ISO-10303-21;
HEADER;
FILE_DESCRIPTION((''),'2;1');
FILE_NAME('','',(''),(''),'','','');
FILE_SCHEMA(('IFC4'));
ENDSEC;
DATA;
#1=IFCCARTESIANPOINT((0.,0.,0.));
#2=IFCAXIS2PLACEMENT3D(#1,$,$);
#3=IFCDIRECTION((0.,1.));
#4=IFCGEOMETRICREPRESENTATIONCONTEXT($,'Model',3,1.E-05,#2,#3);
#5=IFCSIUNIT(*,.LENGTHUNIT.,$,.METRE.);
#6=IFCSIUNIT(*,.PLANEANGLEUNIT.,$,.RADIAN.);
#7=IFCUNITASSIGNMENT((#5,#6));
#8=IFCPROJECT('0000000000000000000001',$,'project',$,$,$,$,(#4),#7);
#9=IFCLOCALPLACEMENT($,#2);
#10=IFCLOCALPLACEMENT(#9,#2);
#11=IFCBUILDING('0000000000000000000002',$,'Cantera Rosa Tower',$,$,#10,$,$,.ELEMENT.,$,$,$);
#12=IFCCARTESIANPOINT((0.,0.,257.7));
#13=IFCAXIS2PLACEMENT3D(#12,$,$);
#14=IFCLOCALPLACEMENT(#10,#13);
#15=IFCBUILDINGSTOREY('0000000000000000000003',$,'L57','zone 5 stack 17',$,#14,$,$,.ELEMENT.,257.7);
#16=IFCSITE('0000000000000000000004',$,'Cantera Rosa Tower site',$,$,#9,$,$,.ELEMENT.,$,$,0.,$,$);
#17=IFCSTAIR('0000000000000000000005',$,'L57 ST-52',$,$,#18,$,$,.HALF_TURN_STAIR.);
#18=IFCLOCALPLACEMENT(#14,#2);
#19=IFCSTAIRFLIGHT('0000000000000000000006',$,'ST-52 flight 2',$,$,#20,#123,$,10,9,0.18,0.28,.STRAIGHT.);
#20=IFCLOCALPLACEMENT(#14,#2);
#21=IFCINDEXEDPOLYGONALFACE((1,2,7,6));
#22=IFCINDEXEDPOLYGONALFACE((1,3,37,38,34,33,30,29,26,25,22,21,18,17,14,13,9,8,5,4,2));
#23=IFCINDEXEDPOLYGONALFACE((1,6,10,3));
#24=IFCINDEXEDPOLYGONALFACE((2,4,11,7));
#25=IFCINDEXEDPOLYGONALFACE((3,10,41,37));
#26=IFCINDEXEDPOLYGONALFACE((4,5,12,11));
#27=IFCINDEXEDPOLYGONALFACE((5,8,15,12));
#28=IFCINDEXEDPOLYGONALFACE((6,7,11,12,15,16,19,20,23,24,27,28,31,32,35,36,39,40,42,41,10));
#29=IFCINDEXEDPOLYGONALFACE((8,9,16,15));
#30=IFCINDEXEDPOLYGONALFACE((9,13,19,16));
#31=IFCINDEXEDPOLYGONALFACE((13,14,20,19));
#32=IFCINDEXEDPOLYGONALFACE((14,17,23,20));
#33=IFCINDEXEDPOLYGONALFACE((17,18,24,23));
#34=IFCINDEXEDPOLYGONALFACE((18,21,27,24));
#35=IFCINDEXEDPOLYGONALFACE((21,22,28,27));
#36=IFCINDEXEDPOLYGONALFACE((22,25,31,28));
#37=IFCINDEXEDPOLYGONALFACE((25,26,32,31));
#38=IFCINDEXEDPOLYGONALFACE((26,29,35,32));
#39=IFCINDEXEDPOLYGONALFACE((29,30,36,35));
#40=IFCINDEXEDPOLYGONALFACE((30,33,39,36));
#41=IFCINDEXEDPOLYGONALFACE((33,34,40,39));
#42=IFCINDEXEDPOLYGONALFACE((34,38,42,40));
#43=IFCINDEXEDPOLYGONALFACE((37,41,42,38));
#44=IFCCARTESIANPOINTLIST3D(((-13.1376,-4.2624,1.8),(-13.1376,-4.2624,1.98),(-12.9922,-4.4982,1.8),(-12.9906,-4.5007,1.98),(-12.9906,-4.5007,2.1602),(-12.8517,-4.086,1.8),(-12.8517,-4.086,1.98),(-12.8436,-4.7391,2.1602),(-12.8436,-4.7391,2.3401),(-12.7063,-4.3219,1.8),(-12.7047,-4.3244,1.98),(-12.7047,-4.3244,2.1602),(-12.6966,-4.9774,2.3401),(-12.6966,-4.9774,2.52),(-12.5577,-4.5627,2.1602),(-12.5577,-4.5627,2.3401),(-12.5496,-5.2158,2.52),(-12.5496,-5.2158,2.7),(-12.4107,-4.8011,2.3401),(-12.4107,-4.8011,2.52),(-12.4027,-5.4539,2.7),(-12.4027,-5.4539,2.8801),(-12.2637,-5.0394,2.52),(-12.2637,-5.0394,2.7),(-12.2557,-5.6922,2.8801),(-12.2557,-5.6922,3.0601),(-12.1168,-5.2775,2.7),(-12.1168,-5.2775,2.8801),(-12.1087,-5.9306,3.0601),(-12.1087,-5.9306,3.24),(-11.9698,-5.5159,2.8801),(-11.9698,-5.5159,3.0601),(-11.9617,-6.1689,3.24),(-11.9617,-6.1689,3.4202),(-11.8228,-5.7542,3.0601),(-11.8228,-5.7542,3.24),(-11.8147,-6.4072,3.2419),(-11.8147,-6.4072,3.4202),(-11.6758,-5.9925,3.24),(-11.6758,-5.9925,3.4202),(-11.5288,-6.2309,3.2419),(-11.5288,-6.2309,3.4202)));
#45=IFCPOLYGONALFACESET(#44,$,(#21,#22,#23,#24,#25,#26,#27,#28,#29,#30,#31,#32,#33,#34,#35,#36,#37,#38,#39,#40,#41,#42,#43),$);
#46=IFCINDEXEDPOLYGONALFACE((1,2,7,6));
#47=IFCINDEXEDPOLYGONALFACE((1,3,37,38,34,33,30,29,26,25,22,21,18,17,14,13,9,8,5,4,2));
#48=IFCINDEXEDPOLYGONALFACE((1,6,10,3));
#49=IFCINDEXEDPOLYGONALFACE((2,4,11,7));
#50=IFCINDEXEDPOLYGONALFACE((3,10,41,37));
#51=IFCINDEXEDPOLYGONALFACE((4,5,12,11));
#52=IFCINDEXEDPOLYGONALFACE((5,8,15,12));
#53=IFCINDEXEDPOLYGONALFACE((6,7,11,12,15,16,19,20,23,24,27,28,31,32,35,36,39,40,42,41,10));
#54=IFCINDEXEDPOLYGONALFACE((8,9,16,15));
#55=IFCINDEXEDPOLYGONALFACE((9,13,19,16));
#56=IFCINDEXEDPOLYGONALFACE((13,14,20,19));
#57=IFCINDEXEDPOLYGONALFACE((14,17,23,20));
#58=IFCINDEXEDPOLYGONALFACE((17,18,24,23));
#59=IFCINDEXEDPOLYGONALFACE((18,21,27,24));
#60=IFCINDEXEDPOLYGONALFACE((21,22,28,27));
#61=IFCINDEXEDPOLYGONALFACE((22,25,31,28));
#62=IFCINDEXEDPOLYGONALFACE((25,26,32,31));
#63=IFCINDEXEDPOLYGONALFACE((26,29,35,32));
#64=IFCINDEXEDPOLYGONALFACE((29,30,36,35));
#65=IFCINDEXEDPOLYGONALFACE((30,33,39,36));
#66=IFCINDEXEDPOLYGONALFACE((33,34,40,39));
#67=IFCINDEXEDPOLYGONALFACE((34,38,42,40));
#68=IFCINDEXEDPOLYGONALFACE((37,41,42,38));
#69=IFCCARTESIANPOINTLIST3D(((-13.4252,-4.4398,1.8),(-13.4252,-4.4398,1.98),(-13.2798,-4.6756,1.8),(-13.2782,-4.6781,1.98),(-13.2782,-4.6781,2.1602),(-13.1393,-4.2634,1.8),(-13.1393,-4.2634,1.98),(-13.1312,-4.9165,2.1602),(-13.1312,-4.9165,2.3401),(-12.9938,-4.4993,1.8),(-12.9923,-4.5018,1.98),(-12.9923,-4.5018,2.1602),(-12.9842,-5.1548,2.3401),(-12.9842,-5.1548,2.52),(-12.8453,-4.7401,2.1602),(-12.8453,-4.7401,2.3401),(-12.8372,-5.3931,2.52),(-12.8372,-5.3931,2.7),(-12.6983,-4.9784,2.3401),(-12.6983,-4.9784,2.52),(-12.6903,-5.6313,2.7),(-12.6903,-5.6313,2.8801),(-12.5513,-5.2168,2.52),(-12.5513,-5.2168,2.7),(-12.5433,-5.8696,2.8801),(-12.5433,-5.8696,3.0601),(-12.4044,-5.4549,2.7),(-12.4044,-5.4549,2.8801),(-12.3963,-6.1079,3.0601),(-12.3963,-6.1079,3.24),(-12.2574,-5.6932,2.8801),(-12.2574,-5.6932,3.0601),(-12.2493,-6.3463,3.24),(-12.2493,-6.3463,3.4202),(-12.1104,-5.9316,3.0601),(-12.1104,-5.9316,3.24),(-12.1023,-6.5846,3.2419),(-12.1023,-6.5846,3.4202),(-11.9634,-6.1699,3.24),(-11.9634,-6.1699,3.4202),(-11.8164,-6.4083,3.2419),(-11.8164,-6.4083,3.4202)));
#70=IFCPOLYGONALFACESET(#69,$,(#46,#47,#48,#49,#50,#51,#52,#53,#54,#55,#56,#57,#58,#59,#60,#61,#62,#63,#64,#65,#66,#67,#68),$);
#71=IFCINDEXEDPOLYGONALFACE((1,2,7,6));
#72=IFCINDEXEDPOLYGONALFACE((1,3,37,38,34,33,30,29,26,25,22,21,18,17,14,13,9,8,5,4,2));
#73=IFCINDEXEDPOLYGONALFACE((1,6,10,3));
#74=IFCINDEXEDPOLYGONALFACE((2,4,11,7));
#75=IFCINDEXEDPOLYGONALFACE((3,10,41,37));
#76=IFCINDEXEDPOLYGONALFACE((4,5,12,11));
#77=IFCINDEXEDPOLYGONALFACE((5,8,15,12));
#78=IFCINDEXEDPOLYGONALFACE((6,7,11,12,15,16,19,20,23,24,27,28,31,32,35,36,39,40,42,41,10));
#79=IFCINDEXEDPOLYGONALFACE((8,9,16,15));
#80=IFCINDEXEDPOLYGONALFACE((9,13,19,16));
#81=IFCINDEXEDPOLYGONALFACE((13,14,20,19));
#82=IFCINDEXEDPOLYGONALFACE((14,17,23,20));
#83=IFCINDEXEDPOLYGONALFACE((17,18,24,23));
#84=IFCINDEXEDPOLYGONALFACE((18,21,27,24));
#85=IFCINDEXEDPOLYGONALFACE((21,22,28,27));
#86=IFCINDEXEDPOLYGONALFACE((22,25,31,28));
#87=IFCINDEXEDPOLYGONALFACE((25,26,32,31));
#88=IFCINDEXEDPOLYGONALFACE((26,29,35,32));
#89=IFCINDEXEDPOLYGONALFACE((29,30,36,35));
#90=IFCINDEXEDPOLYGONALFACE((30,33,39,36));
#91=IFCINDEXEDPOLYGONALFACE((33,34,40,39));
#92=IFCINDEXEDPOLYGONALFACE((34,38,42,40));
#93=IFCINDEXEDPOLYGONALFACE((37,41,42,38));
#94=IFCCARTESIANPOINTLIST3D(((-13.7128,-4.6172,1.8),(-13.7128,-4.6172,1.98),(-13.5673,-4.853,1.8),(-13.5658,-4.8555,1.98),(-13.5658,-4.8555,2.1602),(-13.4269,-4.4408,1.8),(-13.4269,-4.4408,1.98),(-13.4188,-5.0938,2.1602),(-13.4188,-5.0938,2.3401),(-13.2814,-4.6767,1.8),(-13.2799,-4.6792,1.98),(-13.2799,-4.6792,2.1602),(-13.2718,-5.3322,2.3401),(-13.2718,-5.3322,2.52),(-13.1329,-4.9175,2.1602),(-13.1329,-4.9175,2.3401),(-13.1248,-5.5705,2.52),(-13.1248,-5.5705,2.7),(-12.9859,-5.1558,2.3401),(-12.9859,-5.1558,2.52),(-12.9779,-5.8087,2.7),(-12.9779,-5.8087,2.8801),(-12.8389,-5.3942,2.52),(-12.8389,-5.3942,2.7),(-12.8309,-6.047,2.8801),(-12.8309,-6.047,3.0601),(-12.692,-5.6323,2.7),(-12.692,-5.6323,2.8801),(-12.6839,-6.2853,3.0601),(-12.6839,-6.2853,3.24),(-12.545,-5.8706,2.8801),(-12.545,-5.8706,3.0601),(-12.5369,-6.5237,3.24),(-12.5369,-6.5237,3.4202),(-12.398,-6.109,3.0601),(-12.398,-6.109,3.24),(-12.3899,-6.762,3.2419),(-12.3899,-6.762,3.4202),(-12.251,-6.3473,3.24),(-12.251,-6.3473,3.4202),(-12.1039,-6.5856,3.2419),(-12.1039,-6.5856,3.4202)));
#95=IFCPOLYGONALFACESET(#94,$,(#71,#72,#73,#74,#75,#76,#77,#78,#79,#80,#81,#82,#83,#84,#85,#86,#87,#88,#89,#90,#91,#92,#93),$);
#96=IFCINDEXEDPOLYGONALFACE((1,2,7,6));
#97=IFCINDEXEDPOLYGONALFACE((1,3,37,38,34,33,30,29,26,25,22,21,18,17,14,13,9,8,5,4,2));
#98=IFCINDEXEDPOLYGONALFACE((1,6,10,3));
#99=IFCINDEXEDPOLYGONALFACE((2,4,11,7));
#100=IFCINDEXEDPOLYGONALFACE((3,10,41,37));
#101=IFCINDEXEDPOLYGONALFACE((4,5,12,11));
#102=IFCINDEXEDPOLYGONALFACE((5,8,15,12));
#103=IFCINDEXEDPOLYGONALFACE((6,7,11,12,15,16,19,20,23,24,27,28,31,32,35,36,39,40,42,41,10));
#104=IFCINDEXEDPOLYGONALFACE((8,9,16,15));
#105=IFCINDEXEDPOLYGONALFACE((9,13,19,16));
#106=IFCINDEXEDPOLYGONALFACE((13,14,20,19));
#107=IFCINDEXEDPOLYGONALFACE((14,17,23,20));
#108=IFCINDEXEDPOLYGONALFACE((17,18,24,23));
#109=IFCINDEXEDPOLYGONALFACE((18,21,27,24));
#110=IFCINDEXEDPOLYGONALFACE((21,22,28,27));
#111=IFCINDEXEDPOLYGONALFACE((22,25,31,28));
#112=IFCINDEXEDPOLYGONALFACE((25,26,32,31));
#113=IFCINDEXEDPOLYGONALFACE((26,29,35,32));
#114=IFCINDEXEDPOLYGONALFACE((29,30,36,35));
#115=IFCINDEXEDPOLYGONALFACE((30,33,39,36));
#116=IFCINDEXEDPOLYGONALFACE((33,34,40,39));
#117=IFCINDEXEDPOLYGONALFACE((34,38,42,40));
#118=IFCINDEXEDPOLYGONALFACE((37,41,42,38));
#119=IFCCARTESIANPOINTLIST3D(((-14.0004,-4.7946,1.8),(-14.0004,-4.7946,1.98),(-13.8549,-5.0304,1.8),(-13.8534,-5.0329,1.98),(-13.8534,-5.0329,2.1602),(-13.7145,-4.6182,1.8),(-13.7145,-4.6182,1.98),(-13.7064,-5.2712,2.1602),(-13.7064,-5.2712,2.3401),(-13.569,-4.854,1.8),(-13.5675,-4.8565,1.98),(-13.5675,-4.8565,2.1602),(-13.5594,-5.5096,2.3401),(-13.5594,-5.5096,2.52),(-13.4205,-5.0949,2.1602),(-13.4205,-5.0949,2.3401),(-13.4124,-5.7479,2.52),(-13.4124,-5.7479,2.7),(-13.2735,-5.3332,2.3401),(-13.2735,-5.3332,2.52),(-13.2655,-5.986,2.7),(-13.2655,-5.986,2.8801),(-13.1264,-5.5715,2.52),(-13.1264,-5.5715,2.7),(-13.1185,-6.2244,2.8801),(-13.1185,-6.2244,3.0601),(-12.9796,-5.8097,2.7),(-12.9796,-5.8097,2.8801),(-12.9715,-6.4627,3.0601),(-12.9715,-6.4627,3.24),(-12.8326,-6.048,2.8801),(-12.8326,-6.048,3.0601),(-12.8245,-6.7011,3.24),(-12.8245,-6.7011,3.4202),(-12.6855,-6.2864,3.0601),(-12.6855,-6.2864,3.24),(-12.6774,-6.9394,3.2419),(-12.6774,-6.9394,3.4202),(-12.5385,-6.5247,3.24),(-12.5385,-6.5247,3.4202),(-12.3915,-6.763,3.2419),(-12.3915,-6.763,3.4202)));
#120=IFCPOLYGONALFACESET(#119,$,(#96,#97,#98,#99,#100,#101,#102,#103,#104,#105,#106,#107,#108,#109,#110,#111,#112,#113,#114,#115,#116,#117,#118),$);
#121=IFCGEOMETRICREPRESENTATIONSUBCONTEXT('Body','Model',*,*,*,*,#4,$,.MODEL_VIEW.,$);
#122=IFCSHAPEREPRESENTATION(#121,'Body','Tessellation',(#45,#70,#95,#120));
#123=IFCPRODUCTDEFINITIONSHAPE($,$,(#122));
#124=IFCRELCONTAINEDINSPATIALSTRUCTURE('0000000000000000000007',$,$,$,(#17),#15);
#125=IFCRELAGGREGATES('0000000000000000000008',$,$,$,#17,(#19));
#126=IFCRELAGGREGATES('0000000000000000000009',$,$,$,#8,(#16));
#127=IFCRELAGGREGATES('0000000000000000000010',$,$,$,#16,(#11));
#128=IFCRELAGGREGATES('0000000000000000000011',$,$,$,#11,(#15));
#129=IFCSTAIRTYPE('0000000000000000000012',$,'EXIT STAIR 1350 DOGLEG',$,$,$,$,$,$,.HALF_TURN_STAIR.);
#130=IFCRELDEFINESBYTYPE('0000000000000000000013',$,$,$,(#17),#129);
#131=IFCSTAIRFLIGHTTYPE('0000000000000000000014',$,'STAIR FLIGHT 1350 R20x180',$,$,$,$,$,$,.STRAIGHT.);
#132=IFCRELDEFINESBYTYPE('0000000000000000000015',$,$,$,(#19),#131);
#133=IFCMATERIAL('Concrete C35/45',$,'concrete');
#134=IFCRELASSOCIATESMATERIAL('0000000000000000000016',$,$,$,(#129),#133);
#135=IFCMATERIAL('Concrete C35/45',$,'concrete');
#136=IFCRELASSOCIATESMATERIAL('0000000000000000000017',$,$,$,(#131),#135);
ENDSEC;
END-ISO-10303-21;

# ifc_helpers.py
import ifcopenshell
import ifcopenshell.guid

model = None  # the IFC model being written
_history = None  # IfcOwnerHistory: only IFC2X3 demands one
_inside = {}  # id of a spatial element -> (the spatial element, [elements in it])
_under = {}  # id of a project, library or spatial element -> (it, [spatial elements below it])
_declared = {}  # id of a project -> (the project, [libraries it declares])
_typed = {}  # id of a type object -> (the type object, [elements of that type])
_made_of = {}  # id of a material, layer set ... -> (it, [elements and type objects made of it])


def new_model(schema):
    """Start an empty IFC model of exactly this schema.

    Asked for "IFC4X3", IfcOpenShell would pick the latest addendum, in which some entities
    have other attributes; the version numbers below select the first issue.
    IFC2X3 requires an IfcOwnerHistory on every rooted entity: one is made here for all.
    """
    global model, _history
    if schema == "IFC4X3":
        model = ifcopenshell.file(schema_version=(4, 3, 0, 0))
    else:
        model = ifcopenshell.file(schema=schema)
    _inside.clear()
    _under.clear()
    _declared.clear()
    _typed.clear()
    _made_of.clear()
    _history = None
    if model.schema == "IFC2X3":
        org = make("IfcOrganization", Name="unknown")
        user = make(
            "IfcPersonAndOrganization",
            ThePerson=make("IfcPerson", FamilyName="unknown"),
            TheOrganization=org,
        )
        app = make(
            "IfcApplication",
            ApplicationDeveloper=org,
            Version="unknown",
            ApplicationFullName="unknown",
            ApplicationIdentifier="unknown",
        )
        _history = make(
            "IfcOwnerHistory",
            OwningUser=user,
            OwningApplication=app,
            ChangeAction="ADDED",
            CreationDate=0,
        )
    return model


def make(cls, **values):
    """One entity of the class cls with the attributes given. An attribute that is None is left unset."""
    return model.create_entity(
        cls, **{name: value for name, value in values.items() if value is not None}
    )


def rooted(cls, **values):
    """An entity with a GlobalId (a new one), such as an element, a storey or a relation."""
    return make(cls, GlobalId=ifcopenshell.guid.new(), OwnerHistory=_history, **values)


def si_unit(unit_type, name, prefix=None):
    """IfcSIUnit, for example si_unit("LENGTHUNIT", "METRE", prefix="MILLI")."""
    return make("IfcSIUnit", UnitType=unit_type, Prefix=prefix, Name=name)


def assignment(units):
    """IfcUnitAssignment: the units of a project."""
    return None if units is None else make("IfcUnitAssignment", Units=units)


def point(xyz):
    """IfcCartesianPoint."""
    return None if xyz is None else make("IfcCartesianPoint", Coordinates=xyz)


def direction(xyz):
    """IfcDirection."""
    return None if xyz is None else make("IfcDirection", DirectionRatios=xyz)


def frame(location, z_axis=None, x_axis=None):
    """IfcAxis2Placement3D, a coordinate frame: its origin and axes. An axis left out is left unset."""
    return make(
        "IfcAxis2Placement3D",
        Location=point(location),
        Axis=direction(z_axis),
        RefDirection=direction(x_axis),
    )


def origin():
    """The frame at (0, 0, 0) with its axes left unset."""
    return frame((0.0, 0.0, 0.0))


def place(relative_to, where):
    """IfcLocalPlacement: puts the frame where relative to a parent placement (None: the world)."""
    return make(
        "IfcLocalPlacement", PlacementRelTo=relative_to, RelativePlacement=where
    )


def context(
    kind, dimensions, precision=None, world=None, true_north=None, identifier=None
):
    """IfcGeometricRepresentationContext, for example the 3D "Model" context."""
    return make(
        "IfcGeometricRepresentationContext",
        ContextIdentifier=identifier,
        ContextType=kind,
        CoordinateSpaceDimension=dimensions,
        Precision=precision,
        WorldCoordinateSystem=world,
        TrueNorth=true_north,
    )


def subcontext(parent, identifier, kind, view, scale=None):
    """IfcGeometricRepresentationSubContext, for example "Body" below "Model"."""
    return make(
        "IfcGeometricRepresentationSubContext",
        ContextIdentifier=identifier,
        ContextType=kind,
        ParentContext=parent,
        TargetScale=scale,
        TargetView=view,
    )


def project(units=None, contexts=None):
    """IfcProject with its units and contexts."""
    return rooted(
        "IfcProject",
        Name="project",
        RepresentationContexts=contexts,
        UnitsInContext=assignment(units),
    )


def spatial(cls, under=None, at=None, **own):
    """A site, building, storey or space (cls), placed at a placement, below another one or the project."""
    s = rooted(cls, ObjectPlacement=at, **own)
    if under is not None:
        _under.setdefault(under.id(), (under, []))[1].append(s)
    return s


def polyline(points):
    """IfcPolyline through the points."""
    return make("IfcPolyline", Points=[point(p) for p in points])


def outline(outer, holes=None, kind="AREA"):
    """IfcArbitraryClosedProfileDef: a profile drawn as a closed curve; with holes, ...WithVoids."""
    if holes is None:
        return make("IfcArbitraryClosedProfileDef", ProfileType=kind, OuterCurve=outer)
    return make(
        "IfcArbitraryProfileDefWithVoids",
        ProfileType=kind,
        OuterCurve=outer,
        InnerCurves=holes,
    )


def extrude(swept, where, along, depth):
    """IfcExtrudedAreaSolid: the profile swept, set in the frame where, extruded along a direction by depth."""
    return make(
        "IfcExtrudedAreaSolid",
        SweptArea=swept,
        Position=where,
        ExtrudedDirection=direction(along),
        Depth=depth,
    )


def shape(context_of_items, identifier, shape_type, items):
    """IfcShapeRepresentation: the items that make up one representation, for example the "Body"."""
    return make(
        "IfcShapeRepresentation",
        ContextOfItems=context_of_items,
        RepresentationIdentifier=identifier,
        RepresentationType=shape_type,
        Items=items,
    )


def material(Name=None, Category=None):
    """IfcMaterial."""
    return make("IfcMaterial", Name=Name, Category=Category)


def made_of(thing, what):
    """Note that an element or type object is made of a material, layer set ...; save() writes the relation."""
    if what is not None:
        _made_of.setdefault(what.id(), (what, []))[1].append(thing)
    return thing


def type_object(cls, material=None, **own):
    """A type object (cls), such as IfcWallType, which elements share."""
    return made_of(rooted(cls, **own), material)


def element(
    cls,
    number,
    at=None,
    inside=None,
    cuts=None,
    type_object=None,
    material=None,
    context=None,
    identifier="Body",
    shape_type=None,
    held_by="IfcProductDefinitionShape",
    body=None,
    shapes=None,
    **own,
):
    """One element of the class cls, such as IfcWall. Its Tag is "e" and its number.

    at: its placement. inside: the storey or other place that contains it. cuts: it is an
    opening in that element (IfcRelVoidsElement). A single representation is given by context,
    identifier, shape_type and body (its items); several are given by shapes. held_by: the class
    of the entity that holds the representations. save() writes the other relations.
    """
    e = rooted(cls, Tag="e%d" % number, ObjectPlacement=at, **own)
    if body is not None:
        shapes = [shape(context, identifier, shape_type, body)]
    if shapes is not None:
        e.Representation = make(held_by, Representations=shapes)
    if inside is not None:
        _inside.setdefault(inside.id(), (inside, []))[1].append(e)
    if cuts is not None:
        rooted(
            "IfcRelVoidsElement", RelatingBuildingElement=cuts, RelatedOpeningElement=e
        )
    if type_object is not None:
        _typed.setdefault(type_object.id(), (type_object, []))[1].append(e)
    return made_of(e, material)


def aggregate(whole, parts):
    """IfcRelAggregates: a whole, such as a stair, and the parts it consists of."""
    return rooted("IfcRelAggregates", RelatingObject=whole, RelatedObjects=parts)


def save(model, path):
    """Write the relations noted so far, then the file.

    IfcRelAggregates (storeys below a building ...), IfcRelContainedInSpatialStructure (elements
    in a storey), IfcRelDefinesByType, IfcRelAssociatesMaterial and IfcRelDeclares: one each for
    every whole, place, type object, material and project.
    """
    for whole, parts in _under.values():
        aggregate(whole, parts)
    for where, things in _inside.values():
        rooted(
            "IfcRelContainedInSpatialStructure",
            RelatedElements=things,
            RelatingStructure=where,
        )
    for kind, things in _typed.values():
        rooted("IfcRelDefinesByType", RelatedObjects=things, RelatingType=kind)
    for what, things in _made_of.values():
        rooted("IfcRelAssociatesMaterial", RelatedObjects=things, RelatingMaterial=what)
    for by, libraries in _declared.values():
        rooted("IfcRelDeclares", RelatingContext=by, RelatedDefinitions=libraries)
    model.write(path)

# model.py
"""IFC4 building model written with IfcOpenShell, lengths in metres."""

from ifc_helpers import new_model, si_unit, direction, frame, origin, place, context, subcontext, project, spatial, polyline, outline, extrude, material, type_object, element, aggregate, save


model = new_model("IFC4")

# Units and contexts
model_context = context("Model", 3, precision=1e-05, world=origin(), true_north=direction((0.0, 1.0)))
body_context = subcontext(model_context, "Body", "Model", "MODEL_VIEW")
ifc_project = project(units=[si_unit("LENGTHUNIT", "METRE"), si_unit("PLANEANGLEUNIT", "RADIAN")], contexts=[model_context])

# Site, building, storey
site_placement = place(None, origin())
site = spatial("IfcSite", under=ifc_project, at=site_placement, Name="Cantera Rosa Tower site", CompositionType="ELEMENT", RefElevation=0.0)
building_placement = place(site_placement, origin())
building = spatial("IfcBuilding", under=site, at=building_placement, Name="Cantera Rosa Tower", CompositionType="ELEMENT")
storey_placement = place(building_placement, frame((0.0, 0.0, 257.7)))
storey = spatial("IfcBuildingStorey", under=building, at=storey_placement, Name="L57", Description="zone 5 stack 17", CompositionType="ELEMENT", Elevation=257.7)

# Stair, stair flight
ifc_material_1 = material(Name="Concrete C35/45", Category="concrete")
stair_type = type_object("IfcStairType", Name="EXIT STAIR 1350 DOGLEG", PredefinedType="HALF_TURN_STAIR", material=ifc_material_1)
stair_placement = place(storey_placement, origin())
stair = element("IfcStair", 1, at=stair_placement, inside=storey, type_object=stair_type, Name="L57 ST-52", PredefinedType="HALF_TURN_STAIR")
ifc_material_2 = material(Name="Concrete C35/45", Category="concrete")
stair_flight_type = type_object("IfcStairFlightType", Name="STAIR FLIGHT 1350 R20x180", PredefinedType="STRAIGHT", material=ifc_material_2)
stair_flight_1_placement = place(storey_placement, frame((-13.4263, -4.4404, 1.8), z_axis=(0.0, 0.0, 1.0), x_axis=(0.524977, -0.851117, 0.0)))
stair_flight_1 = element("IfcStairFlight", 2, at=stair_flight_1_placement, type_object=stair_flight_type, Name="ST-52 flight 2", NumberOfRisers=10, NumberOfTreads=9, PredefinedType="STRAIGHT", RiserHeight=0.18, TreadLength=0.28, context=body_context, shape_type="SweptSolid", body=[
    extrude(outline(polyline([(0.0, 0.0), (0.0, 0.1799), (0.28, 0.1799), (0.28, 0.3601), (0.5601, 0.3601), (0.5601, 0.54), (0.8401, 0.54), (0.8401, 0.72), (1.1201, 0.72), (1.1201, 0.8999), (1.3999, 0.8999), (1.3999, 1.0801), (1.6799, 1.0801), (1.6799, 1.26), (1.96, 1.26), (1.96, 1.4399), (2.24, 1.4399), (2.24, 1.6201), (2.52, 1.6201), (2.52, 1.8), (2.52, 1.4419), (0.2771, 0.0), (0.0, 0.0)])), frame((0.0, 0.675, 0.0), z_axis=(0.0, -1.0, 0.0), x_axis=(1.0, 0.0, 0.0)), (0.0, 0.0, 1.0), 0.3359),
    extrude(outline(polyline([(0.0, 0.0), (0.0, 0.1799), (0.28, 0.1799), (0.28, 0.3601), (0.5601, 0.3601), (0.5601, 0.54), (0.8401, 0.54), (0.8401, 0.72), (1.1201, 0.72), (1.1201, 0.8999), (1.3999, 0.8999), (1.3999, 1.0801), (1.6799, 1.0801), (1.6799, 1.26), (1.96, 1.26), (1.96, 1.4399), (2.24, 1.4399), (2.24, 1.6201), (2.52, 1.6201), (2.52, 1.8), (2.52, 1.4419), (0.2771, 0.0), (0.0, 0.0)])), frame((0.0, 0.3372, 0.0), z_axis=(0.0, -1.0, 0.0), x_axis=(1.0, 0.0, 0.0)), (0.0, 0.0, 1.0), 0.3359),
    extrude(outline(polyline([(0.0, 0.0), (0.0, 0.1799), (0.28, 0.1799), (0.28, 0.3601), (0.5601, 0.3601), (0.5601, 0.54), (0.8401, 0.54), (0.8401, 0.72), (1.1201, 0.72), (1.1201, 0.8999), (1.3999, 0.8999), (1.3999, 1.0801), (1.6799, 1.0801), (1.6799, 1.26), (1.96, 1.26), (1.96, 1.4399), (2.24, 1.4399), (2.24, 1.6201), (2.52, 1.6201), (2.52, 1.8), (2.52, 1.4419), (0.2771, 0.0), (0.0, 0.0)])), frame((0.0, -0.0007, 0.0), z_axis=(0.0, -1.0, 0.0), x_axis=(1.0, 0.0, 0.0)), (0.0, 0.0, 1.0), 0.3359),
    extrude(outline(polyline([(0.0, 0.0), (0.0, 0.1799), (0.28, 0.1799), (0.28, 0.3601), (0.5601, 0.3601), (0.5601, 0.54), (0.8401, 0.54), (0.8401, 0.72), (1.1201, 0.72), (1.1201, 0.8999), (1.3999, 0.8999), (1.3999, 1.0801), (1.6799, 1.0801), (1.6799, 1.26), (1.96, 1.26), (1.96, 1.4399), (2.24, 1.4399), (2.24, 1.6201), (2.52, 1.6201), (2.52, 1.8), (2.52, 1.4419), (0.2771, 0.0), (0.0, 0.0)])), frame((0.0, -0.3386, 0.0), z_axis=(0.0, -1.0, 0.0), x_axis=(1.0, 0.0, 0.0)), (0.0, 0.0, 1.0), 0.3359),
])
aggregate(stair, [stair_flight_1])

save(model, "model.ifc")
